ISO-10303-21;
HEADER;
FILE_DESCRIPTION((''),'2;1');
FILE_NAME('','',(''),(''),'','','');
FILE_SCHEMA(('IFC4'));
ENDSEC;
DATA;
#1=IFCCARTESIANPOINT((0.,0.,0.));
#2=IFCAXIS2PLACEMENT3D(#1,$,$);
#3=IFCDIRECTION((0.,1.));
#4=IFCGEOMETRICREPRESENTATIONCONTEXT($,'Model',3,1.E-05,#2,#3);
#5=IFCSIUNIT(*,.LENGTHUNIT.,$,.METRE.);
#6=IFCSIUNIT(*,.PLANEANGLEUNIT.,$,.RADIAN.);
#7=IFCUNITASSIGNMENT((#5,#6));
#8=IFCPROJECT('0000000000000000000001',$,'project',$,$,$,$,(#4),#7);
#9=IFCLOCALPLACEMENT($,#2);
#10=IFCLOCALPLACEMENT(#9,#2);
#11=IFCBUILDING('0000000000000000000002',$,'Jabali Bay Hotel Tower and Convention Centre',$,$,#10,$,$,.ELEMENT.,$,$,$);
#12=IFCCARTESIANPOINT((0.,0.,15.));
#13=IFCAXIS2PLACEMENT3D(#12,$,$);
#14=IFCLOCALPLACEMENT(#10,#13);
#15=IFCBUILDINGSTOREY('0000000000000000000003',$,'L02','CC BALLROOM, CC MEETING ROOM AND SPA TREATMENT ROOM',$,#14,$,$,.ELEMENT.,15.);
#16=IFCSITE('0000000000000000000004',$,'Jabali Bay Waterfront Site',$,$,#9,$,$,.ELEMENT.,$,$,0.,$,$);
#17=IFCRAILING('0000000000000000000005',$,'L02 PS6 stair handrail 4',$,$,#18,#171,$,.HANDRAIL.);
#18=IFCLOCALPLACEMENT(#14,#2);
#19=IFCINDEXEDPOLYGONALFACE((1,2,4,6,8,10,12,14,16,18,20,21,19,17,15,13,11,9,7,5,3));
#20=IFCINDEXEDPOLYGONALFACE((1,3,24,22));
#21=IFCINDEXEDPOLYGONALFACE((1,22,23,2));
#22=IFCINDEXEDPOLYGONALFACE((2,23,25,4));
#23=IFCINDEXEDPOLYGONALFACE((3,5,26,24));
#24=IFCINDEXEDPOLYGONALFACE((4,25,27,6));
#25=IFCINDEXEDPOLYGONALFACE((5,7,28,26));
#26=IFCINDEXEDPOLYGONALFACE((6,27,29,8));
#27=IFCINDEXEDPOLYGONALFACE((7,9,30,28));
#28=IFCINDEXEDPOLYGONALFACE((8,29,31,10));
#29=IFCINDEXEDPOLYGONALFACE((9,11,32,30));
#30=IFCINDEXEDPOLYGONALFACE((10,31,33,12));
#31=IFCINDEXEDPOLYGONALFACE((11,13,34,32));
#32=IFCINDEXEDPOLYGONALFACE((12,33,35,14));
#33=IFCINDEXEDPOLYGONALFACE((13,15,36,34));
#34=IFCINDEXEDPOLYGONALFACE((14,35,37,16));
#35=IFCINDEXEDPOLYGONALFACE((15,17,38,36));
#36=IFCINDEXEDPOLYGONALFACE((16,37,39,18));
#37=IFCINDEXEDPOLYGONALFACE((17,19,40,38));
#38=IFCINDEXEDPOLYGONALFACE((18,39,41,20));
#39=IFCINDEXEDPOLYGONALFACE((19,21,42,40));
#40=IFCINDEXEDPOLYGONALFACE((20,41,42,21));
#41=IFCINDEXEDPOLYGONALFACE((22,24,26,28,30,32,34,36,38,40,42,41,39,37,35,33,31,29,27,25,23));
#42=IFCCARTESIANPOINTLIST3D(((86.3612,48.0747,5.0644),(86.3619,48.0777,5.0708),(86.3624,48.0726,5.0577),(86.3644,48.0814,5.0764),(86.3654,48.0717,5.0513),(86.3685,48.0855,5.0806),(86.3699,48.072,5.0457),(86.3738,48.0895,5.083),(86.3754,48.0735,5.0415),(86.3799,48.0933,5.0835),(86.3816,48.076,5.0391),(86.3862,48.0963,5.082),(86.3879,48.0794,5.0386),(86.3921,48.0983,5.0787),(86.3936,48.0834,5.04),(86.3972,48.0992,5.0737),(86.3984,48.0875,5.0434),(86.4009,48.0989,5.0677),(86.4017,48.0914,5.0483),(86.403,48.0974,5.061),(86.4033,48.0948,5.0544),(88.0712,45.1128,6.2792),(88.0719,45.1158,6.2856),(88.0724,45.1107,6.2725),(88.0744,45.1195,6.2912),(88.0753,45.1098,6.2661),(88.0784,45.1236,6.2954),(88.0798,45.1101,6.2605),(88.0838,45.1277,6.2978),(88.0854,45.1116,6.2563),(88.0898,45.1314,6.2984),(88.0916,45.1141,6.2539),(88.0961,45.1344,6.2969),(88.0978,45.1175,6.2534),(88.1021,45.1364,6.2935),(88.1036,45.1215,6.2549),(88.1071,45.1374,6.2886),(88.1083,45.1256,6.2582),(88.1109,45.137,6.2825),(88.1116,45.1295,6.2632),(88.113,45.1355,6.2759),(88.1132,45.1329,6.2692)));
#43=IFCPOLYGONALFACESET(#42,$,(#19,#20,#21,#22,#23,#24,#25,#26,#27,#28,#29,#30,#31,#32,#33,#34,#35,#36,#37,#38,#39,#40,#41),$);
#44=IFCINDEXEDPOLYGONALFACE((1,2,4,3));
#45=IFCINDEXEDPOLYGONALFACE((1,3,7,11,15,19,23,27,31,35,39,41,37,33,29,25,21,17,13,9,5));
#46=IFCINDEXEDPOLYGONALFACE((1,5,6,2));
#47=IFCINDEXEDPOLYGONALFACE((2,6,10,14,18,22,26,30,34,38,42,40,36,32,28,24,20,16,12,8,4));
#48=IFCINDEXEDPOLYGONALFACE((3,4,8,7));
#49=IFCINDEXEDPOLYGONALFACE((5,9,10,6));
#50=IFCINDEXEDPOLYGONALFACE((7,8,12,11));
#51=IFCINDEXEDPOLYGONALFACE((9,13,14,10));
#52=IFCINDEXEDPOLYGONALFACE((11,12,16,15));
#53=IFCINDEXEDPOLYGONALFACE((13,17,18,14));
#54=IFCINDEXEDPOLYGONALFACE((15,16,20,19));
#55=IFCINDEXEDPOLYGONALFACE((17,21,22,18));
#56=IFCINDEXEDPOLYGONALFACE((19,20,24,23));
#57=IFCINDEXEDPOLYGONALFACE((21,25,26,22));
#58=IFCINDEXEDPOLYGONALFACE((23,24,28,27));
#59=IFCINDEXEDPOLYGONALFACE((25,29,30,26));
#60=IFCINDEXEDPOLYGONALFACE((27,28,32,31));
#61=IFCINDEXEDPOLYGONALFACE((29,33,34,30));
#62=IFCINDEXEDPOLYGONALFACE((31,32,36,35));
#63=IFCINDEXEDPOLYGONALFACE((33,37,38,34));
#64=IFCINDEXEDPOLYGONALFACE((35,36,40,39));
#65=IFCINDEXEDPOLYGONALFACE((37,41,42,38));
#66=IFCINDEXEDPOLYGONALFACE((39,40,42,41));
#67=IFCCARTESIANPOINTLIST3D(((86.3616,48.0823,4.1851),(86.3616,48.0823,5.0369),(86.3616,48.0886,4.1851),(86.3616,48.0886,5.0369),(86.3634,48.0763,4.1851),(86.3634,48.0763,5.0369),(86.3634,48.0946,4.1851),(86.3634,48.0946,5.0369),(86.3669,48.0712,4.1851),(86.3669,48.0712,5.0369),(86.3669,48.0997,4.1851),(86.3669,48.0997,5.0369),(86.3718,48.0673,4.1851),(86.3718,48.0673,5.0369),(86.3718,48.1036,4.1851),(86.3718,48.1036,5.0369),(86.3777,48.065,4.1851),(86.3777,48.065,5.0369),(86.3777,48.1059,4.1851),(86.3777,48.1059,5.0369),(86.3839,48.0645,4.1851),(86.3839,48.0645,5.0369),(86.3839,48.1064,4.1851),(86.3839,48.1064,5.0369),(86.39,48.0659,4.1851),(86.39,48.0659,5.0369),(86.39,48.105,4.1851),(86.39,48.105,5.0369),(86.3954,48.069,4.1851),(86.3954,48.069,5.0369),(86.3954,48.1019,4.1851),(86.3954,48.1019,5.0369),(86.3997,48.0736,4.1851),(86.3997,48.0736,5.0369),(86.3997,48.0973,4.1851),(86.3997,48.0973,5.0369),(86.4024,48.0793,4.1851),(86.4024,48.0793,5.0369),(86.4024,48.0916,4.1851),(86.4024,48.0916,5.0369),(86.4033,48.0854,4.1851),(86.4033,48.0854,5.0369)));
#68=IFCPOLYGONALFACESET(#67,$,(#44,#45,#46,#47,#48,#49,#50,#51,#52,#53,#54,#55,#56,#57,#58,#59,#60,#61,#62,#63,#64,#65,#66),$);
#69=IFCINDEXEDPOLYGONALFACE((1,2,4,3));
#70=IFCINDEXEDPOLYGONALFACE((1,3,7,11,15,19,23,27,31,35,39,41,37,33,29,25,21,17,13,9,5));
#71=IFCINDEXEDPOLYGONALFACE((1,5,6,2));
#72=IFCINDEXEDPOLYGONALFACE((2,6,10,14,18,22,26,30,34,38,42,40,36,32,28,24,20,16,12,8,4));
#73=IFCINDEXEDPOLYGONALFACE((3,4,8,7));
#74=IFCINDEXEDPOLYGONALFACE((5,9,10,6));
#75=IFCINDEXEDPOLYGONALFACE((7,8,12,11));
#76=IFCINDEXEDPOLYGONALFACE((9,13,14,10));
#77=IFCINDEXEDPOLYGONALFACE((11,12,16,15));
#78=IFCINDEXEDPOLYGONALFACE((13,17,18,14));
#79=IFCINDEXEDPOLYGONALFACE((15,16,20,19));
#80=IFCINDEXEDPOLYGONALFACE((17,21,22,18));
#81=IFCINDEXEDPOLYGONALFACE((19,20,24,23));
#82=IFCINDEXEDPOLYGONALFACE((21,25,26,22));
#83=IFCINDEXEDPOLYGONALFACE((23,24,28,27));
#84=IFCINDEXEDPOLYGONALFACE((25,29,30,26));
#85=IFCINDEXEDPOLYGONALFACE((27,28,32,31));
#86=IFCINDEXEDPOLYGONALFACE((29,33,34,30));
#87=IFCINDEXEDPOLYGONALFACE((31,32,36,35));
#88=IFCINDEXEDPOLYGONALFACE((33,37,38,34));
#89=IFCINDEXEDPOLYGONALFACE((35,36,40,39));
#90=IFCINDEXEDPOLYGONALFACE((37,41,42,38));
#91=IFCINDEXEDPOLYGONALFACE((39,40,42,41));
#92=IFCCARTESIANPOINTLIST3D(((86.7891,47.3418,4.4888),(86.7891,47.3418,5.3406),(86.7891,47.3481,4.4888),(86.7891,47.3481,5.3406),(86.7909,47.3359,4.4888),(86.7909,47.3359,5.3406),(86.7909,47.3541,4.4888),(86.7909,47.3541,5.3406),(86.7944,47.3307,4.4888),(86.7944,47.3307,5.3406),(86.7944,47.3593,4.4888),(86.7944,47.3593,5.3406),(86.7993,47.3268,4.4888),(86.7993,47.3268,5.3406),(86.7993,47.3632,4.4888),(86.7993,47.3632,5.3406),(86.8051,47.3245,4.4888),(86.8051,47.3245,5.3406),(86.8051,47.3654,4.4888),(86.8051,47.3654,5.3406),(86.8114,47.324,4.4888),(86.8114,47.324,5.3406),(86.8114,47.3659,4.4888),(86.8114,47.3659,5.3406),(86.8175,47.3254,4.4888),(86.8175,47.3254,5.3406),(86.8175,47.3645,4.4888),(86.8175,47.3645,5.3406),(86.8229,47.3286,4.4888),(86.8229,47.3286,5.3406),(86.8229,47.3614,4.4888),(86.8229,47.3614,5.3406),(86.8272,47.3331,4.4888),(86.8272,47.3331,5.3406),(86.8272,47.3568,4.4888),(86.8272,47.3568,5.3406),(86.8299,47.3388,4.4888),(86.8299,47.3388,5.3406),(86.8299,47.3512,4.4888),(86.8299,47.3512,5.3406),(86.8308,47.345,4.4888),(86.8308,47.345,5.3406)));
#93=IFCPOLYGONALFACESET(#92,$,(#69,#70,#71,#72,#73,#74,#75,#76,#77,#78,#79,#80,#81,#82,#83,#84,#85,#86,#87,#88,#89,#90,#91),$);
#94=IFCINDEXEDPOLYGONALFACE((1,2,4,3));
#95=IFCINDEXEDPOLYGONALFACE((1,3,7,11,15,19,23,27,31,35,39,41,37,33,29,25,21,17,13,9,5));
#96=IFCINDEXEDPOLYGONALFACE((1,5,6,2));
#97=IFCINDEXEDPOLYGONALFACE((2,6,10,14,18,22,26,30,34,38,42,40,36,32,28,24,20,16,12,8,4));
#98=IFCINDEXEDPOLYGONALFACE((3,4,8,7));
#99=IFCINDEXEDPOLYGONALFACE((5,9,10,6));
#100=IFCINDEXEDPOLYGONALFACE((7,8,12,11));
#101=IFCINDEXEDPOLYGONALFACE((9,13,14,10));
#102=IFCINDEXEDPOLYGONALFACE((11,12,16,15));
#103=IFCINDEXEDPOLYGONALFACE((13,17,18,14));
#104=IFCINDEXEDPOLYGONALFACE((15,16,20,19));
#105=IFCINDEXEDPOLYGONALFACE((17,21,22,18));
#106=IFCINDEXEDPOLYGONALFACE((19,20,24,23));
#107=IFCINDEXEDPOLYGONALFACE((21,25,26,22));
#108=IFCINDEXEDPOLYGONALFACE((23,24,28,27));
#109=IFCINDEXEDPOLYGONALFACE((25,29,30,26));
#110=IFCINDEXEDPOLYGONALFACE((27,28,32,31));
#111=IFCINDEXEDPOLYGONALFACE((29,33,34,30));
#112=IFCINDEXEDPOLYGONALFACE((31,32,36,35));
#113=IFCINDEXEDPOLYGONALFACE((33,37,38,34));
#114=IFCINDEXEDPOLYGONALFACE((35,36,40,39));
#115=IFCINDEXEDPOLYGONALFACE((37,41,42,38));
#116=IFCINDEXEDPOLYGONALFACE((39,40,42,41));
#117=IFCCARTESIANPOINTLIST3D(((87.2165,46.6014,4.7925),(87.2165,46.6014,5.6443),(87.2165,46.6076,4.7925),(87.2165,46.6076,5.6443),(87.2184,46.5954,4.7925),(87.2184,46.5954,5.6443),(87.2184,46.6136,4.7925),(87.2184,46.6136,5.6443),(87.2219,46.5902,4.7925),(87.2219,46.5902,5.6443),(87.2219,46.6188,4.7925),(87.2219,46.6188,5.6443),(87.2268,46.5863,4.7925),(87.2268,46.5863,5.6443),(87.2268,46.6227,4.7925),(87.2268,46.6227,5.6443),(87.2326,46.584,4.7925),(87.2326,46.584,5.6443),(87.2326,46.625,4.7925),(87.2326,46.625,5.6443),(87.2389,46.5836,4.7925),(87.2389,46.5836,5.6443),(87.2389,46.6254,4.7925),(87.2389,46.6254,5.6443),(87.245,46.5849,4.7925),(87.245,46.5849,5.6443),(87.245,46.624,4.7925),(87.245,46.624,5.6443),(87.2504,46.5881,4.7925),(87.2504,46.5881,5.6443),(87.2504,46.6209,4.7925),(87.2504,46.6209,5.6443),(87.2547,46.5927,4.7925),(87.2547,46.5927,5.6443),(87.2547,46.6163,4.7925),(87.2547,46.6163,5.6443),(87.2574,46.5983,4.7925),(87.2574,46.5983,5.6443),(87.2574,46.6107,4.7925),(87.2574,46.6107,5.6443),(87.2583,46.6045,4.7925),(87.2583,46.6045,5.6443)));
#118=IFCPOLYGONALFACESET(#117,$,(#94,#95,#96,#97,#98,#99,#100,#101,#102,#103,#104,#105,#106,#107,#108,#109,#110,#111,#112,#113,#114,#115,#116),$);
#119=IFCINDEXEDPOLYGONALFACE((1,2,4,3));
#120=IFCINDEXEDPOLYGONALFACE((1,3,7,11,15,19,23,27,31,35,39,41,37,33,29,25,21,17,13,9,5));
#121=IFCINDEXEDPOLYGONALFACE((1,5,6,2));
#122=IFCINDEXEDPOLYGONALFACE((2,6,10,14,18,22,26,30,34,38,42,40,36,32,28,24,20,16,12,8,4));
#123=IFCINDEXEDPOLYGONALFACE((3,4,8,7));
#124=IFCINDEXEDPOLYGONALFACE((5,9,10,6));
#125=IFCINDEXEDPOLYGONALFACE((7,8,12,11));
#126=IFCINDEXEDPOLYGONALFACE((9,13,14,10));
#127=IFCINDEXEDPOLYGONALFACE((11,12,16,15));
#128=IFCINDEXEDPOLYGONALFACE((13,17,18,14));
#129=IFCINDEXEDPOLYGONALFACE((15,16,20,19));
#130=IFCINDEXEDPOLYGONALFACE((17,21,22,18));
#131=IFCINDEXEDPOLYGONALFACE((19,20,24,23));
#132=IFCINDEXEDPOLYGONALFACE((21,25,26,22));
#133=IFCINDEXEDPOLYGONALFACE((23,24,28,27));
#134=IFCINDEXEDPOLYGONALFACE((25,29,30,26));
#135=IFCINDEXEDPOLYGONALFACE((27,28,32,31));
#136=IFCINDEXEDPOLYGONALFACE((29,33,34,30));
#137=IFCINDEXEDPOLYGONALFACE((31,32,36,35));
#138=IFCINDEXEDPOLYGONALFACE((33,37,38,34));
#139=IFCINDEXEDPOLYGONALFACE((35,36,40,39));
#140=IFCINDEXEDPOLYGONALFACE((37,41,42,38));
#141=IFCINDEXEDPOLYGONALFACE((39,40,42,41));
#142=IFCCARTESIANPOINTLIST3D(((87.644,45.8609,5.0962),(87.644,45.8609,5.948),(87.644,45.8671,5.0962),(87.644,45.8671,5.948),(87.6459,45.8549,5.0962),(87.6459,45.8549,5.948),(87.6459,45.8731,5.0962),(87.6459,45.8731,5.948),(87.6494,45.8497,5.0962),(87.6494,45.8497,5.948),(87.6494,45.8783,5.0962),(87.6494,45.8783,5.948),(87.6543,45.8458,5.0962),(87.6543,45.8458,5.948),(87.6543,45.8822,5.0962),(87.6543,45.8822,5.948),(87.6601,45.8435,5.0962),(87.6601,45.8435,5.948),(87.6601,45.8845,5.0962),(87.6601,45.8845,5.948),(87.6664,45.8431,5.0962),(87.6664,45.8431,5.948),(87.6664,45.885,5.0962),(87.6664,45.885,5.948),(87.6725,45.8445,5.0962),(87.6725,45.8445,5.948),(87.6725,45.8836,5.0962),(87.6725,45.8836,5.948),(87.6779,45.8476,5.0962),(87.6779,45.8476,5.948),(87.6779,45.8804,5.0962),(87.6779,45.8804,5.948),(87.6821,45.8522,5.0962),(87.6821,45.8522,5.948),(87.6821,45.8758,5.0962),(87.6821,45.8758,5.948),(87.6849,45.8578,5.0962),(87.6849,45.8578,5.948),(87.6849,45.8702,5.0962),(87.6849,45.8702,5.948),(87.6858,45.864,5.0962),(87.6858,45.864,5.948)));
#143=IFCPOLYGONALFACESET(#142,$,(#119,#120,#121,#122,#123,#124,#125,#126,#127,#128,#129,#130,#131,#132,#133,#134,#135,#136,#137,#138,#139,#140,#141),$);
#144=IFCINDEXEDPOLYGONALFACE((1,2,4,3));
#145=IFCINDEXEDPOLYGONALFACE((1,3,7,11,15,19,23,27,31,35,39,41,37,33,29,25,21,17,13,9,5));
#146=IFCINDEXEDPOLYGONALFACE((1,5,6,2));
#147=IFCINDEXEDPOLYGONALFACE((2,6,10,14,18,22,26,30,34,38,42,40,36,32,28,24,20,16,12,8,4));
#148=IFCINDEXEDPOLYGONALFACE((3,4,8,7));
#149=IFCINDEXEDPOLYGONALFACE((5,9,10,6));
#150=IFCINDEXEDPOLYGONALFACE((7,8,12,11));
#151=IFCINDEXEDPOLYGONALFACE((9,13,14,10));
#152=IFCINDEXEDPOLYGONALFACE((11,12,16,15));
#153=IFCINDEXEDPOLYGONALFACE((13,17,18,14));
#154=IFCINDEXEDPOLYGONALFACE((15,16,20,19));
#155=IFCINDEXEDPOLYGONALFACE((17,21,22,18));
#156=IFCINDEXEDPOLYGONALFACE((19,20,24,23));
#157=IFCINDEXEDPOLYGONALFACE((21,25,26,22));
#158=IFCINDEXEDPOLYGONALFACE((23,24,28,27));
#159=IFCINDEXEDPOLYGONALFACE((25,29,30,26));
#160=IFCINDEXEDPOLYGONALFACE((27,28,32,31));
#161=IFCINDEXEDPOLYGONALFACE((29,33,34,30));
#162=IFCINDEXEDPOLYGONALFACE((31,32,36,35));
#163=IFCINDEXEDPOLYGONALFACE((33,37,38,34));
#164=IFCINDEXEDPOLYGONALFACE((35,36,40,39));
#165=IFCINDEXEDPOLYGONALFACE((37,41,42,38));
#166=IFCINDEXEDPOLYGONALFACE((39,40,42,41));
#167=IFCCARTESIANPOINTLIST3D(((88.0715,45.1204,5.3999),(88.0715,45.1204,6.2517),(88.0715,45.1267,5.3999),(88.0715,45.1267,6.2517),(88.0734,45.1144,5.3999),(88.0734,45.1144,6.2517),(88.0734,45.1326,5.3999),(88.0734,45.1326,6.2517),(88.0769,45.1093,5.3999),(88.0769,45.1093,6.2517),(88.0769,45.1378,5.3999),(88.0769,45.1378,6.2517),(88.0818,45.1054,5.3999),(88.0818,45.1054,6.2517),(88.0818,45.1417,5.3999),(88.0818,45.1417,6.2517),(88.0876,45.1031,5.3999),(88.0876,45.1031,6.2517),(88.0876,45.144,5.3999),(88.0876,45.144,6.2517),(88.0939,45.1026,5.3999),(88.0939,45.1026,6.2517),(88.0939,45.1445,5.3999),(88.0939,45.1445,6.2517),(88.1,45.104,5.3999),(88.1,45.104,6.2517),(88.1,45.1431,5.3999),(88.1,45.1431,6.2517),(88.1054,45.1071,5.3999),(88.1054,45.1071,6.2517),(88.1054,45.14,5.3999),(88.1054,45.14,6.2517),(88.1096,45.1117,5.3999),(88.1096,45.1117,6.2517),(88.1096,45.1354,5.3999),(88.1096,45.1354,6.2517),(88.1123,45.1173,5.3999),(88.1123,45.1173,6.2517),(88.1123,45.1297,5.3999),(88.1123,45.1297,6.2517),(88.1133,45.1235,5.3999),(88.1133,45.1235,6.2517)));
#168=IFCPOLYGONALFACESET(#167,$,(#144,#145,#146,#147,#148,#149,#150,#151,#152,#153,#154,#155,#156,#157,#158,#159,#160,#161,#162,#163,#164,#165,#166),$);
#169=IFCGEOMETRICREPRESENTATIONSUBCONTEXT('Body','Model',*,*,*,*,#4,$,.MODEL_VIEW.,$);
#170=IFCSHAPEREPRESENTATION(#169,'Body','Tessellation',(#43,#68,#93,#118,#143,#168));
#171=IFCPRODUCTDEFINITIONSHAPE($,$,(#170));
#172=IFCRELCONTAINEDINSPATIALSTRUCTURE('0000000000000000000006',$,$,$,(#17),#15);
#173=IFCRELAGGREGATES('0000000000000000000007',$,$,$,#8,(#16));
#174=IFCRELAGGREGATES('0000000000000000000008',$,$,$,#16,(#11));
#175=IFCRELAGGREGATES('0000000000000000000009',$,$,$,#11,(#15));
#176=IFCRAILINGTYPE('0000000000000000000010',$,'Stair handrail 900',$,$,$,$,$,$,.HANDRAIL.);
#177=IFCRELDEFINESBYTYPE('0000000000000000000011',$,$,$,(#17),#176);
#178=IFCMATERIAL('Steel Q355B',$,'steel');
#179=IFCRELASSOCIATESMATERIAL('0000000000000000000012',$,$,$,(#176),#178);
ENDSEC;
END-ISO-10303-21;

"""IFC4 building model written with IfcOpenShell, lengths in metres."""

from ifc_helpers import new_model, si_unit, direction, frame, origin, origin_2d, place, context, subcontext, project, spatial, circle, extrude, material, type_object, element, save


model = new_model("IFC4")

# Units and contexts
model_context = context("Model", 3, precision=1e-05, world=origin(), true_north=direction((0.0, 1.0)))
body_context = subcontext(model_context, "Body", "Model", "MODEL_VIEW")
ifc_project = project(units=[si_unit("LENGTHUNIT", "METRE"), si_unit("PLANEANGLEUNIT", "RADIAN")], contexts=[model_context])

# Site, building, storey
site_placement = place(None, origin())
site = spatial("IfcSite", under=ifc_project, at=site_placement, Name="Jabali Bay Waterfront Site", CompositionType="ELEMENT", RefElevation=0.0)
building_placement = place(site_placement, origin())
building = spatial("IfcBuilding", under=site, at=building_placement, Name="Jabali Bay Hotel Tower and Convention Centre", CompositionType="ELEMENT")
storey_placement = place(building_placement, frame((0.0, 0.0, 15.0)))
storey = spatial("IfcBuildingStorey", under=building, at=storey_placement, Name="L02", Description="CC BALLROOM, CC MEETING ROOM AND SPA TREATMENT ROOM", CompositionType="ELEMENT", Elevation=15.0)

# Railing
ifc_material_1 = material(Name="Steel Q355B", Category="steel")
railing_type_1 = type_object("IfcRailingType", Name="Stair handrail 900", PredefinedType="HANDRAIL", material=ifc_material_1)
railing_1_placement = place(storey_placement, frame((86.3823, 48.0854, 4.1851)))
element("IfcRailing", 1, at=railing_1_placement, inside=storey, type_object=railing_type_1, Name="L02 PS6 stair handrail 4", PredefinedType="HANDRAIL", context=body_context, shape_type="SweptSolid", body=[
    extrude(circle(Radius=0.0239, at=origin_2d()), frame((0.0, 0.0, 0.876), z_axis=(0.471138, -0.816083, 0.33472), x_axis=(0.866038, 0.499978, 0.0)), (0.0, 0.0, 1.0), 3.6294),
    extrude(circle(Radius=0.021, at=origin_2d()), origin(), (0.0, 0.0, 1.0), 0.8518),
    extrude(circle(Radius=0.021, at=origin_2d()), frame((0.4275, -0.7405, 0.3037)), (0.0, 0.0, 1.0), 0.8518),
    extrude(circle(Radius=0.021, at=origin_2d()), frame((0.855, -1.481, 0.6074)), (0.0, 0.0, 1.0), 0.8518),
    extrude(circle(Radius=0.021, at=origin_2d()), frame((1.2825, -2.2214, 0.9111)), (0.0, 0.0, 1.0), 0.8518),
    extrude(circle(Radius=0.021, at=origin_2d()), frame((1.71, -2.9619, 1.2148)), (0.0, 0.0, 1.0), 0.8518),
])

save(model, "model.ifc")
